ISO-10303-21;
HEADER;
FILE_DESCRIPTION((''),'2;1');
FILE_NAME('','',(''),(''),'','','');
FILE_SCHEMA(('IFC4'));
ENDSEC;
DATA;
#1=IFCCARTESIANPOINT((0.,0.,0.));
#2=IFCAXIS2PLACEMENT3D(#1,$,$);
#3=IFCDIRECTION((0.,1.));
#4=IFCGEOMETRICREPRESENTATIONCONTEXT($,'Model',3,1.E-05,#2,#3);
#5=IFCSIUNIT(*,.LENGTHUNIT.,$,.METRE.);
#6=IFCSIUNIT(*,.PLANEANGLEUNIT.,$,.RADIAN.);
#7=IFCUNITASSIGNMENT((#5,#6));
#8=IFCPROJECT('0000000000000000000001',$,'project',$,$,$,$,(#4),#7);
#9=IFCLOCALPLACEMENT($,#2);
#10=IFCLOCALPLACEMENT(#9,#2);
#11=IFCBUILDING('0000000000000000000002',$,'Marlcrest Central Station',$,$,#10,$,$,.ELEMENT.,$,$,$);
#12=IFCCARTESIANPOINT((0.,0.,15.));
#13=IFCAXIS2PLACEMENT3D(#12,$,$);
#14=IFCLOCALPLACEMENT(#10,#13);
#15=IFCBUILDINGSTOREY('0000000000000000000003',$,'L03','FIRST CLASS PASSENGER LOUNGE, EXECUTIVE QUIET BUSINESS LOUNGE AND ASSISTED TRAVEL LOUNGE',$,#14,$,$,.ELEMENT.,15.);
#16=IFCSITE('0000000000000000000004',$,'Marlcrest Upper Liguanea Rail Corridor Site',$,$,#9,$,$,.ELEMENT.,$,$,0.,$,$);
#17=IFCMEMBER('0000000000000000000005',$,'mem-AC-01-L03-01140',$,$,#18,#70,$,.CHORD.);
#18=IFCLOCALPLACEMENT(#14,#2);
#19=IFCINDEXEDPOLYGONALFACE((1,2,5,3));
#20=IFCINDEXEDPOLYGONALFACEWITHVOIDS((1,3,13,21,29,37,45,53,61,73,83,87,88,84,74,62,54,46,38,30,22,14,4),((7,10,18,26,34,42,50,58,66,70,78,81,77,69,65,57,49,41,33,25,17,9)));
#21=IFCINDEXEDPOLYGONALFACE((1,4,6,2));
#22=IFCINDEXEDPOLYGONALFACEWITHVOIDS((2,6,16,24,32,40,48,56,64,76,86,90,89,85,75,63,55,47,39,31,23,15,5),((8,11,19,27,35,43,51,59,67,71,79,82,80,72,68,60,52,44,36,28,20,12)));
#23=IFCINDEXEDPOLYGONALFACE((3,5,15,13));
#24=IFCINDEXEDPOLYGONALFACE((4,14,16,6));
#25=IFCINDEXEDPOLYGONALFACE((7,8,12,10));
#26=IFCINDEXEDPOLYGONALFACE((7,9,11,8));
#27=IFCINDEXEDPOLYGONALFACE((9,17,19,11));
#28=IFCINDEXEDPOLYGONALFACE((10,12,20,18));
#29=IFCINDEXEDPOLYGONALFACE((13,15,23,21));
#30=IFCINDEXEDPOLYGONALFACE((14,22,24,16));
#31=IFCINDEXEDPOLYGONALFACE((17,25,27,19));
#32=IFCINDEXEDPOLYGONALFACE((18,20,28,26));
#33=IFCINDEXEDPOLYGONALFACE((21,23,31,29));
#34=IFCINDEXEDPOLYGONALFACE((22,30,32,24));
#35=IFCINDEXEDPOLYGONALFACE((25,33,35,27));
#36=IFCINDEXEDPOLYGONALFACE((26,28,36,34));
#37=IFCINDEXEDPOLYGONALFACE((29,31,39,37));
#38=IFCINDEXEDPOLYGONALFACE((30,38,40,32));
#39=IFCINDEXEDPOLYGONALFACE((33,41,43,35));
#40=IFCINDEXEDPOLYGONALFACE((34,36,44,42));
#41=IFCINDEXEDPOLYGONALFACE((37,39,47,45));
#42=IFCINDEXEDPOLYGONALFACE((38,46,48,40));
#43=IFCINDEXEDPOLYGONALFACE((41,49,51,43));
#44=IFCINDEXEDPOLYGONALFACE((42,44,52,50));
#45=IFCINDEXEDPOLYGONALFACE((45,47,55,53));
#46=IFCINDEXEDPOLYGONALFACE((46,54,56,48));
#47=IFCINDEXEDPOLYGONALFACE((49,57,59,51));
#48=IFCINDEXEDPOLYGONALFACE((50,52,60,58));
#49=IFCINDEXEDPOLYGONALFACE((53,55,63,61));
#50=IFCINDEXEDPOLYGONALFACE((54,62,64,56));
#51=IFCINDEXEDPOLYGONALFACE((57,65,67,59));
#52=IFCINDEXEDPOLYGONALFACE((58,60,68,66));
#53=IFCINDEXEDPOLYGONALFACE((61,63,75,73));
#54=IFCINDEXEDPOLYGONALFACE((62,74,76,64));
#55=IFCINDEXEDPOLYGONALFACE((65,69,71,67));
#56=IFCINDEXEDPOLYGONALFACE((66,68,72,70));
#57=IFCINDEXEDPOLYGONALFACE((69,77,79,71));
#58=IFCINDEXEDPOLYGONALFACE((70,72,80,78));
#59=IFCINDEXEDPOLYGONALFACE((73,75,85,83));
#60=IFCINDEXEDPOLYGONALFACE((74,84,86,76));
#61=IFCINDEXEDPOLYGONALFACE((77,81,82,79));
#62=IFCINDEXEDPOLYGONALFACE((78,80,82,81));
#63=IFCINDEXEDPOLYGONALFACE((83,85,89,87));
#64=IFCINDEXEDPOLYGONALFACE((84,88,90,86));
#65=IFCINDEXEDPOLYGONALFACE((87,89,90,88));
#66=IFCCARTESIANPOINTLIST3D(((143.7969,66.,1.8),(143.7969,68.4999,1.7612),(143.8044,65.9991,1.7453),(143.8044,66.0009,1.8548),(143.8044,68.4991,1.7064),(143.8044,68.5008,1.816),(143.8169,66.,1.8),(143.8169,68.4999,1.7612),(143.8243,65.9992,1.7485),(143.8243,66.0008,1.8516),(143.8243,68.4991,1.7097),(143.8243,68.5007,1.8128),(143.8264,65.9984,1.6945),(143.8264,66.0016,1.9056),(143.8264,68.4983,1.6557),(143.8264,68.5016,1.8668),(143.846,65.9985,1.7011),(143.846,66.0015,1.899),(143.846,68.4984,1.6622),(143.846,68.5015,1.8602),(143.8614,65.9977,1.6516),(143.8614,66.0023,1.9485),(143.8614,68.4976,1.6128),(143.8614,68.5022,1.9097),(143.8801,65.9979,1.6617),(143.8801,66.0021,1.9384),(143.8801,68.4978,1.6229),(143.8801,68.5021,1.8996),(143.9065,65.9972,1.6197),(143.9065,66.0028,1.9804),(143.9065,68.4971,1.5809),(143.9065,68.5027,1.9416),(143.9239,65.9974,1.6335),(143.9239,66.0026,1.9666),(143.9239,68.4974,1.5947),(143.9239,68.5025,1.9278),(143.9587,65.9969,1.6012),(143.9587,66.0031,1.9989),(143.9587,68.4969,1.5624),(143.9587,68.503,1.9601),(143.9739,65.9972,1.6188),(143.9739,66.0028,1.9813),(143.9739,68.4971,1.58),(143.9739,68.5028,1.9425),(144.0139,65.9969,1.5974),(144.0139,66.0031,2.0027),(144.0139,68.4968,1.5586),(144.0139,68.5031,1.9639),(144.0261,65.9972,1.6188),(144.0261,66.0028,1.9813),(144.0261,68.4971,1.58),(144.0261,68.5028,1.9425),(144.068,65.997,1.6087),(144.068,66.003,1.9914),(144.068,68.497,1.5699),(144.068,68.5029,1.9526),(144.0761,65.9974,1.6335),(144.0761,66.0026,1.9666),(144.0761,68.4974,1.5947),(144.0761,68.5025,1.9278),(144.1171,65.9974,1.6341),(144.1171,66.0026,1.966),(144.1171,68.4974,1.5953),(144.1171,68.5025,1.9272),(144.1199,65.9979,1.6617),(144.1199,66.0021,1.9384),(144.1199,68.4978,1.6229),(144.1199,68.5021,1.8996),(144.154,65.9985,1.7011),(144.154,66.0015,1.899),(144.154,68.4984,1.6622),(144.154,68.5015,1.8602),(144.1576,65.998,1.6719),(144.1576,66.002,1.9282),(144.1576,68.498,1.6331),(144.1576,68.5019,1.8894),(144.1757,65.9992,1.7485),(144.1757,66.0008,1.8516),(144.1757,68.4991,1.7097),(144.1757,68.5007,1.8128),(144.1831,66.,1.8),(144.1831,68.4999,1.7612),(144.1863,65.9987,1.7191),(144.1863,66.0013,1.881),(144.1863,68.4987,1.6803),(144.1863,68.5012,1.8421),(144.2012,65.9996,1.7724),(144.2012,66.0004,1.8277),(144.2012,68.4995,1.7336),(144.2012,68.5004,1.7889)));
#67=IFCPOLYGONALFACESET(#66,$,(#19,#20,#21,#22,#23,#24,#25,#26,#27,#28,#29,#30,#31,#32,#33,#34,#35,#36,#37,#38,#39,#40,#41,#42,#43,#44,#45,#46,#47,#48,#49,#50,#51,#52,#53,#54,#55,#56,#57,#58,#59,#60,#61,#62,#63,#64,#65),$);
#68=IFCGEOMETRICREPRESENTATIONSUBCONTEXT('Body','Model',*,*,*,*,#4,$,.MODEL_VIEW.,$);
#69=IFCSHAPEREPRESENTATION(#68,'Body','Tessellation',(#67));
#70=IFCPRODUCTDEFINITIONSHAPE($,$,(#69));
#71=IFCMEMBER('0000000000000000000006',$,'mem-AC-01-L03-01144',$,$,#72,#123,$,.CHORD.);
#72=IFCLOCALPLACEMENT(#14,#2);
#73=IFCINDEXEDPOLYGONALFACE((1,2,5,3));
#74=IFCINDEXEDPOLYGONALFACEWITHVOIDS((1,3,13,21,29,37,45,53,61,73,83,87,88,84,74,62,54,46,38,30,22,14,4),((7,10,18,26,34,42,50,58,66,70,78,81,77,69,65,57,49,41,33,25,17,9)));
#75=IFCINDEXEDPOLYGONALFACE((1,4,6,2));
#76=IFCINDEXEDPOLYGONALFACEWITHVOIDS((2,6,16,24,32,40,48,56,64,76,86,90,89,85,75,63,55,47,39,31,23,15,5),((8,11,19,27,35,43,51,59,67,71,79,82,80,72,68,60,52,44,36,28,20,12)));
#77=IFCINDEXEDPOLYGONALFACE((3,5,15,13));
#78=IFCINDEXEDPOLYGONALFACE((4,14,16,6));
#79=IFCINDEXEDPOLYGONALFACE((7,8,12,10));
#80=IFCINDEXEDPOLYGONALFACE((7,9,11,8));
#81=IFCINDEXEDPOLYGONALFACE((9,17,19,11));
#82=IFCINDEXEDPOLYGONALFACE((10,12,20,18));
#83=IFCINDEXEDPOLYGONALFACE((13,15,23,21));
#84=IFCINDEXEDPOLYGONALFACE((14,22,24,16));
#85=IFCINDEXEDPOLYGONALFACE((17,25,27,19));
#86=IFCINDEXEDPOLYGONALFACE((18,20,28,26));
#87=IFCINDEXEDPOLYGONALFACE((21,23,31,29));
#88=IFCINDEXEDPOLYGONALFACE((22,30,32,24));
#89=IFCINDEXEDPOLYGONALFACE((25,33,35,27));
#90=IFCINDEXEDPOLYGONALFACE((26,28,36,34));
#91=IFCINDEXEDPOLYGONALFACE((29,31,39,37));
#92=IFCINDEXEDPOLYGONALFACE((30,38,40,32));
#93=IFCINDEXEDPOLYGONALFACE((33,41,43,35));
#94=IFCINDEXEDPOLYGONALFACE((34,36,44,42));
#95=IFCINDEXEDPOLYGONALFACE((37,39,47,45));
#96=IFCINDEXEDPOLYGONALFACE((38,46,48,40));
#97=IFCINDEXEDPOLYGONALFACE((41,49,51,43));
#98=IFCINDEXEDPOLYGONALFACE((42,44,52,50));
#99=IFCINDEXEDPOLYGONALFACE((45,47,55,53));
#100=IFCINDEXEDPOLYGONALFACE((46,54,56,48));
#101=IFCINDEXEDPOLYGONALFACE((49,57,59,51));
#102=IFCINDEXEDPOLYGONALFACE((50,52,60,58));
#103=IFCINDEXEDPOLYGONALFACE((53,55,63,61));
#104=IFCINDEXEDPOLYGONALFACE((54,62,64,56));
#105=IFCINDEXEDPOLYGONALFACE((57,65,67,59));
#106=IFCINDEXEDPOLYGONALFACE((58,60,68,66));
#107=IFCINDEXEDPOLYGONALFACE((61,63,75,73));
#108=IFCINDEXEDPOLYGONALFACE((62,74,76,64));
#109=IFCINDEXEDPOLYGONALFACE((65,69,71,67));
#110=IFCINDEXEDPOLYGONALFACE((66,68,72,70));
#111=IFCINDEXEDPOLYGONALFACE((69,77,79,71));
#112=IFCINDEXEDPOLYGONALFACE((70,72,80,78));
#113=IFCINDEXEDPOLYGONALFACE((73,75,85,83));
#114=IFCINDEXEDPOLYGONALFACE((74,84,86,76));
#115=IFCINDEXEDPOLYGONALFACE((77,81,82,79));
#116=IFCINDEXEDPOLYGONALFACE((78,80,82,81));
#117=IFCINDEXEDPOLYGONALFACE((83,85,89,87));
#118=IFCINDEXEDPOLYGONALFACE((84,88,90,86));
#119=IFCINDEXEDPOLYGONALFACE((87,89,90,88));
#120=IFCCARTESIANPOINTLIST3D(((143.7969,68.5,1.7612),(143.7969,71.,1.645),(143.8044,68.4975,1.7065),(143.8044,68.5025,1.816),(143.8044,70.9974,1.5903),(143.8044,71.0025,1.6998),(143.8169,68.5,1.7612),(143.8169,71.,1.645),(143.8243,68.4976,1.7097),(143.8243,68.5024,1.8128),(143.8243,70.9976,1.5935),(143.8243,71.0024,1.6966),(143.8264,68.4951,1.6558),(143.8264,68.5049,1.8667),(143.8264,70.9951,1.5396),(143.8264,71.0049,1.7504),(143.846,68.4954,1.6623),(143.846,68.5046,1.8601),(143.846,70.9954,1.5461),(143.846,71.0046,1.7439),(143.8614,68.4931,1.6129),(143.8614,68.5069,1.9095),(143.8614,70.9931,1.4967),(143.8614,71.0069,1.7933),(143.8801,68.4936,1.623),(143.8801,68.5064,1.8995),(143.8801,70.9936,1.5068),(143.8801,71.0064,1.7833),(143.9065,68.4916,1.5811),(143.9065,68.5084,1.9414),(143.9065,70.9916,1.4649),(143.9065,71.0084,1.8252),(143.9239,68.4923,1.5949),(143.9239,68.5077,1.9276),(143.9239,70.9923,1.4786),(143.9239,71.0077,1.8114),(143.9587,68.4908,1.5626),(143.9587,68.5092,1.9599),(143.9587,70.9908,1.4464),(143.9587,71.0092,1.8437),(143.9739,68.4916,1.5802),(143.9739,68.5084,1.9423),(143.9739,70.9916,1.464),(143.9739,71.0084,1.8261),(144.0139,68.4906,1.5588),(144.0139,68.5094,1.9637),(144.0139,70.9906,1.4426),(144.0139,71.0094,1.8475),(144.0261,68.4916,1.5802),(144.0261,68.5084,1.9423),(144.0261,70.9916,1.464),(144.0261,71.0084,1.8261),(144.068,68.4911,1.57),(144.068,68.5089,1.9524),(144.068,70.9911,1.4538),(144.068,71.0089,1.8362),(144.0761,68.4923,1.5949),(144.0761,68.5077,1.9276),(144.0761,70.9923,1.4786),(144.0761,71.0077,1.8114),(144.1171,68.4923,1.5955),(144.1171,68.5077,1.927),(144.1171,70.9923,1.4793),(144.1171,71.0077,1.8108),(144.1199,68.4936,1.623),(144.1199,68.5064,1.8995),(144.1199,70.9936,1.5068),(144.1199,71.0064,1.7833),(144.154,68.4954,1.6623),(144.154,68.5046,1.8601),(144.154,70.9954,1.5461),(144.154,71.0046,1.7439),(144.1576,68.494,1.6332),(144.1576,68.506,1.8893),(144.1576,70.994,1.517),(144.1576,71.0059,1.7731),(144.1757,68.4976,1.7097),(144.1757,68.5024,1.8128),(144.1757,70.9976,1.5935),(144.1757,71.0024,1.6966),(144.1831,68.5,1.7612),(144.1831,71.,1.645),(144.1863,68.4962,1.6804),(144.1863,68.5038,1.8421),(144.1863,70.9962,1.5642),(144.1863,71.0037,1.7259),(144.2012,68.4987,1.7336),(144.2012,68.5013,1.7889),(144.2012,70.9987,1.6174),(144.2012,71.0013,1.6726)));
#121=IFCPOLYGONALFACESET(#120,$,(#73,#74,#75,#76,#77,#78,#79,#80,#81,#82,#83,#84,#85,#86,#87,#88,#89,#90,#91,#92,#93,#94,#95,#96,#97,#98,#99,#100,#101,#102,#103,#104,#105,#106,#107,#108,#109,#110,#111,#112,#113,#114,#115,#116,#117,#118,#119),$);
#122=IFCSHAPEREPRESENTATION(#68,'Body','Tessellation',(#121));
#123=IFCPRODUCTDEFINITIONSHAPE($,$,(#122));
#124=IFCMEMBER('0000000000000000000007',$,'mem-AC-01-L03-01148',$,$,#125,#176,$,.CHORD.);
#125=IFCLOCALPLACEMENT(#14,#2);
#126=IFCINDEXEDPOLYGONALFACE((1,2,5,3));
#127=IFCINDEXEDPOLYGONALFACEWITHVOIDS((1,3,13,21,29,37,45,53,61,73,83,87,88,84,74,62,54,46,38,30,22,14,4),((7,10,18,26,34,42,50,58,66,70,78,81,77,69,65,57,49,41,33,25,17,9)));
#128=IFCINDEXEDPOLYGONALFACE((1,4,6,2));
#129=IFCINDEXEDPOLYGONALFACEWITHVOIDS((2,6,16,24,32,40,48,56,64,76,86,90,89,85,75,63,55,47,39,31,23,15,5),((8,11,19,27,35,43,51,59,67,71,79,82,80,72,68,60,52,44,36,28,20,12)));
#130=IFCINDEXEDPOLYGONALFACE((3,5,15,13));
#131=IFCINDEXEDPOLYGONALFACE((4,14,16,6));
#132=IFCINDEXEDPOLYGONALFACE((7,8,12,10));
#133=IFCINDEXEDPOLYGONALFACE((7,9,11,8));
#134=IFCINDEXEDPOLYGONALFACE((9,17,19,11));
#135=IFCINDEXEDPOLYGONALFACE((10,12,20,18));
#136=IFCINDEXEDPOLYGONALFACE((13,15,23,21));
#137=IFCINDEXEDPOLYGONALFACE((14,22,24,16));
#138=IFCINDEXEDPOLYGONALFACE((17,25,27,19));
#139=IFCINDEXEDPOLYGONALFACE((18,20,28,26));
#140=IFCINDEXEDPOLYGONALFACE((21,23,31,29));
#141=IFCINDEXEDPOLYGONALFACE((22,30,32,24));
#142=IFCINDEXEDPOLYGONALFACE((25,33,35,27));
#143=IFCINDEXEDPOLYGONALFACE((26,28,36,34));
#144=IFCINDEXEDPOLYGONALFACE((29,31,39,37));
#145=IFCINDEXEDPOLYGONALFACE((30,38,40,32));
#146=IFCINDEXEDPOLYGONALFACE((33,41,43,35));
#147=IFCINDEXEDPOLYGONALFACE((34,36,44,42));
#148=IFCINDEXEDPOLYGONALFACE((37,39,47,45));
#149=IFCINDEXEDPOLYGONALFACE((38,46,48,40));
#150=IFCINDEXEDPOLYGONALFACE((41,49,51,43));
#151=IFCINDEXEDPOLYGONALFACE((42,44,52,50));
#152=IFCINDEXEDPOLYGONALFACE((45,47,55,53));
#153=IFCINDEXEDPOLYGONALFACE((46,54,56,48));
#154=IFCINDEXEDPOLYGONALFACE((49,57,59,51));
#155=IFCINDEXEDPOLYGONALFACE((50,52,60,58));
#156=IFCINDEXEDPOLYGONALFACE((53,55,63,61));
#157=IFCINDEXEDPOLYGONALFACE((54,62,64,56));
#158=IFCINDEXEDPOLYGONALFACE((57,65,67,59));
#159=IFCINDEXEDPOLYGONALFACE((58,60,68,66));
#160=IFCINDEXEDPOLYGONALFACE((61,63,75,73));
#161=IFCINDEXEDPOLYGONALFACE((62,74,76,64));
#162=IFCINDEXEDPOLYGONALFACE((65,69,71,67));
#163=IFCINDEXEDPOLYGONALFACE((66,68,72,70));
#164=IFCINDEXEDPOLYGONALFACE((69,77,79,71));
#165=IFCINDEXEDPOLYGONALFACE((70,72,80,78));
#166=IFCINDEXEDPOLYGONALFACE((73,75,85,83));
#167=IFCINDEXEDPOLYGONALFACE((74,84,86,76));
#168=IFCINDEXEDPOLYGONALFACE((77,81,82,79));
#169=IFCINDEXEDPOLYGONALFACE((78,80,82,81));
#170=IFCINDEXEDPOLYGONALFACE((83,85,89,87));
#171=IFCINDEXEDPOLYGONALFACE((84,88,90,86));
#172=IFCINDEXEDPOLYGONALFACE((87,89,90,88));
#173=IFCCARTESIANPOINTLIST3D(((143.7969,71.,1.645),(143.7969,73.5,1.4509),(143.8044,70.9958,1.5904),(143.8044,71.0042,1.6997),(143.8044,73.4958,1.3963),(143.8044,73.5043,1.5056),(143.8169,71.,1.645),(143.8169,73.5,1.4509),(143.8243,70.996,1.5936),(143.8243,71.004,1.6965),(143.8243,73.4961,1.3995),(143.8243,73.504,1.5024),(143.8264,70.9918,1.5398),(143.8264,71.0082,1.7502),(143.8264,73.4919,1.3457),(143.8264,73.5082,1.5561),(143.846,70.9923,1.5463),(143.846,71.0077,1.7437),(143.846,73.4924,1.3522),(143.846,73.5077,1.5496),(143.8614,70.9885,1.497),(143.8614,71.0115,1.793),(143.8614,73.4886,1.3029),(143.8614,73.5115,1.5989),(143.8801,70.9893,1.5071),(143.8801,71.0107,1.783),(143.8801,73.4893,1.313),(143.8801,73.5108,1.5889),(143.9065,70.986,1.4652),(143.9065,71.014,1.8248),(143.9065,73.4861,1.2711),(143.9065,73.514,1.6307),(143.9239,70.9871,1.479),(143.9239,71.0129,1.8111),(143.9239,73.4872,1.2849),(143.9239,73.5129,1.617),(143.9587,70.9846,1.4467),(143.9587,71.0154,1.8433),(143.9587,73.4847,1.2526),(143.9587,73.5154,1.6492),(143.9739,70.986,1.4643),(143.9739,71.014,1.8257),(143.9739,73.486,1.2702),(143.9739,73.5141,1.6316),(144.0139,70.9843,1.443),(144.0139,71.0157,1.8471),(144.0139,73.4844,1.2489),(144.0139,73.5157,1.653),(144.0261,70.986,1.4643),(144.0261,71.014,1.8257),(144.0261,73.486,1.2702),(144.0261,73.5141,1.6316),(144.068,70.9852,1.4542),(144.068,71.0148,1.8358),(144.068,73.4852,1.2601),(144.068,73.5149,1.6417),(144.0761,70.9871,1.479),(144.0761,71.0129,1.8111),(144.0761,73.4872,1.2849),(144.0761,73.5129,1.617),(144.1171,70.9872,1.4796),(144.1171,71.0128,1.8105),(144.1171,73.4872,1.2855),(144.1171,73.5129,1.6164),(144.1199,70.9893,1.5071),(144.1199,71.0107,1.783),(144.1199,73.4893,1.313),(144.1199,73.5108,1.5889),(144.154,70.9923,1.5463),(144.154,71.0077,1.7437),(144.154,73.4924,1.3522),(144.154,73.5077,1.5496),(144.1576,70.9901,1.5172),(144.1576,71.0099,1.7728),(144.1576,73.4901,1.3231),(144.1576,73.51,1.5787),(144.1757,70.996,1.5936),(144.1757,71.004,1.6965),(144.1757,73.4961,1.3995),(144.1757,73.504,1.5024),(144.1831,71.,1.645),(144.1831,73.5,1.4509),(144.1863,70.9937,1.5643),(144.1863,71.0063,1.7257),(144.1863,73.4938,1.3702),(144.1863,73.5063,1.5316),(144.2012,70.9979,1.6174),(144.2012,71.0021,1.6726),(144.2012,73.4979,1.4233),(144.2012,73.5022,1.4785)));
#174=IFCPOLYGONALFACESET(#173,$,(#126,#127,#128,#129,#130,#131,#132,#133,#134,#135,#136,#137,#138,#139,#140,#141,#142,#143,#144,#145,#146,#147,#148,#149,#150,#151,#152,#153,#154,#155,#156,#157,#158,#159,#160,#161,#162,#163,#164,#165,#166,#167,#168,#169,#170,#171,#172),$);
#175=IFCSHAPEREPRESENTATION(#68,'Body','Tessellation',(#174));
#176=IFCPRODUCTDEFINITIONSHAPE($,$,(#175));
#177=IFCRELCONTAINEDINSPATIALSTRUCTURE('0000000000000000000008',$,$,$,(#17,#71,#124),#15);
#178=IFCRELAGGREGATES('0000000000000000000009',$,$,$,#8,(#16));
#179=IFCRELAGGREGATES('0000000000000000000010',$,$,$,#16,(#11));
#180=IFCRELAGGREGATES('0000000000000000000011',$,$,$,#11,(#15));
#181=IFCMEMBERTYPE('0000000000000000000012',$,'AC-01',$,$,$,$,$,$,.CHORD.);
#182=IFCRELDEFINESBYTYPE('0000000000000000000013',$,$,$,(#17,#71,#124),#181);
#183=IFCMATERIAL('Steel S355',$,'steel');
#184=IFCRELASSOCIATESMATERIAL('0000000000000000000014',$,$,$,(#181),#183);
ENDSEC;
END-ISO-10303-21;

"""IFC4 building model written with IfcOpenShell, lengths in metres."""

from ifc_helpers import new_model, si_unit, direction, frame, origin, origin_2d, place, context, subcontext, project, spatial, hollow_circle, extrude, material, material_profile, profile_set, type_object, element, save


model = new_model("IFC4")

# Units and contexts
model_context = context("Model", 3, precision=1e-05, world=origin(), true_north=direction((0.0, 1.0)))
body_context = subcontext(model_context, "Body", "Model", "MODEL_VIEW")
ifc_project = project(units=[si_unit("LENGTHUNIT", "METRE"), si_unit("PLANEANGLEUNIT", "RADIAN")], contexts=[model_context])

# Site, building, storey
site_placement = place(None, origin())
site = spatial("IfcSite", under=ifc_project, at=site_placement, Name="Marlcrest Upper Liguanea Rail Corridor Site", CompositionType="ELEMENT", RefElevation=0.0)
building_placement = place(site_placement, origin())
building = spatial("IfcBuilding", under=site, at=building_placement, Name="Marlcrest Central Station", CompositionType="ELEMENT")
storey_placement = place(building_placement, frame((0.0, 0.0, 15.0)))
storey = spatial("IfcBuildingStorey", under=building, at=storey_placement, Name="L03", Description="FIRST CLASS PASSENGER LOUNGE, EXECUTIVE QUIET BUSINESS LOUNGE AND ASSISTED TRAVEL LOUNGE", CompositionType="ELEMENT", Elevation=15.0)

# Members
ifc_material_1 = material(Name="Steel S355", Category="steel")
ifc_material_profile_1 = material_profile(ifc_material_1, hollow_circle(Radius=0.2031, WallThickness=0.02, at=origin_2d()), Name="CHS 406.4x20")
ifc_profile_set_1 = profile_set([ifc_material_profile_1], Name="Steel S355")
member_type_1 = type_object("IfcMemberType", Name="AC-01", PredefinedType="CHORD", material=ifc_profile_set_1)
member_1_placement = place(storey_placement, frame((144.0, 66.0, 1.8), z_axis=(0.0, 0.999879, -0.015525), x_axis=(-1.0, 0.0, 0.0)))
element("IfcMember", 1, at=member_1_placement, inside=storey, type_object=member_type_1, Name="mem-AC-01-L03-01140", PredefinedType="CHORD", context=body_context, shape_type="SweptSolid", body=[
    extrude(hollow_circle(Radius=0.2031, WallThickness=0.02, at=origin_2d()), origin(), (0.0, 0.0, 1.0), 2.5002),
])
member_2_placement = place(storey_placement, frame((144.0, 68.5, 1.7612), z_axis=(0.0, 0.998921, -0.046434), x_axis=(-1.0, 0.0, 0.0)))
element("IfcMember", 2, at=member_2_placement, inside=storey, type_object=member_type_1, Name="mem-AC-01-L03-01144", PredefinedType="CHORD", context=body_context, shape_type="SweptSolid", body=[
    extrude(hollow_circle(Radius=0.2031, WallThickness=0.02, at=origin_2d()), origin(), (0.0, 0.0, 1.0), 2.5027),
])
member_3_placement = place(storey_placement, frame((144.0, 71.0, 1.645), z_axis=(0.0, 0.997, -0.077404), x_axis=(-1.0, 0.0, 0.0)))
element("IfcMember", 3, at=member_3_placement, inside=storey, type_object=member_type_1, Name="mem-AC-01-L03-01148", PredefinedType="CHORD", context=body_context, shape_type="SweptSolid", body=[
    extrude(hollow_circle(Radius=0.2031, WallThickness=0.02, at=origin_2d()), origin(), (0.0, 0.0, 1.0), 2.5076),
])

save(model, "model.ifc")
